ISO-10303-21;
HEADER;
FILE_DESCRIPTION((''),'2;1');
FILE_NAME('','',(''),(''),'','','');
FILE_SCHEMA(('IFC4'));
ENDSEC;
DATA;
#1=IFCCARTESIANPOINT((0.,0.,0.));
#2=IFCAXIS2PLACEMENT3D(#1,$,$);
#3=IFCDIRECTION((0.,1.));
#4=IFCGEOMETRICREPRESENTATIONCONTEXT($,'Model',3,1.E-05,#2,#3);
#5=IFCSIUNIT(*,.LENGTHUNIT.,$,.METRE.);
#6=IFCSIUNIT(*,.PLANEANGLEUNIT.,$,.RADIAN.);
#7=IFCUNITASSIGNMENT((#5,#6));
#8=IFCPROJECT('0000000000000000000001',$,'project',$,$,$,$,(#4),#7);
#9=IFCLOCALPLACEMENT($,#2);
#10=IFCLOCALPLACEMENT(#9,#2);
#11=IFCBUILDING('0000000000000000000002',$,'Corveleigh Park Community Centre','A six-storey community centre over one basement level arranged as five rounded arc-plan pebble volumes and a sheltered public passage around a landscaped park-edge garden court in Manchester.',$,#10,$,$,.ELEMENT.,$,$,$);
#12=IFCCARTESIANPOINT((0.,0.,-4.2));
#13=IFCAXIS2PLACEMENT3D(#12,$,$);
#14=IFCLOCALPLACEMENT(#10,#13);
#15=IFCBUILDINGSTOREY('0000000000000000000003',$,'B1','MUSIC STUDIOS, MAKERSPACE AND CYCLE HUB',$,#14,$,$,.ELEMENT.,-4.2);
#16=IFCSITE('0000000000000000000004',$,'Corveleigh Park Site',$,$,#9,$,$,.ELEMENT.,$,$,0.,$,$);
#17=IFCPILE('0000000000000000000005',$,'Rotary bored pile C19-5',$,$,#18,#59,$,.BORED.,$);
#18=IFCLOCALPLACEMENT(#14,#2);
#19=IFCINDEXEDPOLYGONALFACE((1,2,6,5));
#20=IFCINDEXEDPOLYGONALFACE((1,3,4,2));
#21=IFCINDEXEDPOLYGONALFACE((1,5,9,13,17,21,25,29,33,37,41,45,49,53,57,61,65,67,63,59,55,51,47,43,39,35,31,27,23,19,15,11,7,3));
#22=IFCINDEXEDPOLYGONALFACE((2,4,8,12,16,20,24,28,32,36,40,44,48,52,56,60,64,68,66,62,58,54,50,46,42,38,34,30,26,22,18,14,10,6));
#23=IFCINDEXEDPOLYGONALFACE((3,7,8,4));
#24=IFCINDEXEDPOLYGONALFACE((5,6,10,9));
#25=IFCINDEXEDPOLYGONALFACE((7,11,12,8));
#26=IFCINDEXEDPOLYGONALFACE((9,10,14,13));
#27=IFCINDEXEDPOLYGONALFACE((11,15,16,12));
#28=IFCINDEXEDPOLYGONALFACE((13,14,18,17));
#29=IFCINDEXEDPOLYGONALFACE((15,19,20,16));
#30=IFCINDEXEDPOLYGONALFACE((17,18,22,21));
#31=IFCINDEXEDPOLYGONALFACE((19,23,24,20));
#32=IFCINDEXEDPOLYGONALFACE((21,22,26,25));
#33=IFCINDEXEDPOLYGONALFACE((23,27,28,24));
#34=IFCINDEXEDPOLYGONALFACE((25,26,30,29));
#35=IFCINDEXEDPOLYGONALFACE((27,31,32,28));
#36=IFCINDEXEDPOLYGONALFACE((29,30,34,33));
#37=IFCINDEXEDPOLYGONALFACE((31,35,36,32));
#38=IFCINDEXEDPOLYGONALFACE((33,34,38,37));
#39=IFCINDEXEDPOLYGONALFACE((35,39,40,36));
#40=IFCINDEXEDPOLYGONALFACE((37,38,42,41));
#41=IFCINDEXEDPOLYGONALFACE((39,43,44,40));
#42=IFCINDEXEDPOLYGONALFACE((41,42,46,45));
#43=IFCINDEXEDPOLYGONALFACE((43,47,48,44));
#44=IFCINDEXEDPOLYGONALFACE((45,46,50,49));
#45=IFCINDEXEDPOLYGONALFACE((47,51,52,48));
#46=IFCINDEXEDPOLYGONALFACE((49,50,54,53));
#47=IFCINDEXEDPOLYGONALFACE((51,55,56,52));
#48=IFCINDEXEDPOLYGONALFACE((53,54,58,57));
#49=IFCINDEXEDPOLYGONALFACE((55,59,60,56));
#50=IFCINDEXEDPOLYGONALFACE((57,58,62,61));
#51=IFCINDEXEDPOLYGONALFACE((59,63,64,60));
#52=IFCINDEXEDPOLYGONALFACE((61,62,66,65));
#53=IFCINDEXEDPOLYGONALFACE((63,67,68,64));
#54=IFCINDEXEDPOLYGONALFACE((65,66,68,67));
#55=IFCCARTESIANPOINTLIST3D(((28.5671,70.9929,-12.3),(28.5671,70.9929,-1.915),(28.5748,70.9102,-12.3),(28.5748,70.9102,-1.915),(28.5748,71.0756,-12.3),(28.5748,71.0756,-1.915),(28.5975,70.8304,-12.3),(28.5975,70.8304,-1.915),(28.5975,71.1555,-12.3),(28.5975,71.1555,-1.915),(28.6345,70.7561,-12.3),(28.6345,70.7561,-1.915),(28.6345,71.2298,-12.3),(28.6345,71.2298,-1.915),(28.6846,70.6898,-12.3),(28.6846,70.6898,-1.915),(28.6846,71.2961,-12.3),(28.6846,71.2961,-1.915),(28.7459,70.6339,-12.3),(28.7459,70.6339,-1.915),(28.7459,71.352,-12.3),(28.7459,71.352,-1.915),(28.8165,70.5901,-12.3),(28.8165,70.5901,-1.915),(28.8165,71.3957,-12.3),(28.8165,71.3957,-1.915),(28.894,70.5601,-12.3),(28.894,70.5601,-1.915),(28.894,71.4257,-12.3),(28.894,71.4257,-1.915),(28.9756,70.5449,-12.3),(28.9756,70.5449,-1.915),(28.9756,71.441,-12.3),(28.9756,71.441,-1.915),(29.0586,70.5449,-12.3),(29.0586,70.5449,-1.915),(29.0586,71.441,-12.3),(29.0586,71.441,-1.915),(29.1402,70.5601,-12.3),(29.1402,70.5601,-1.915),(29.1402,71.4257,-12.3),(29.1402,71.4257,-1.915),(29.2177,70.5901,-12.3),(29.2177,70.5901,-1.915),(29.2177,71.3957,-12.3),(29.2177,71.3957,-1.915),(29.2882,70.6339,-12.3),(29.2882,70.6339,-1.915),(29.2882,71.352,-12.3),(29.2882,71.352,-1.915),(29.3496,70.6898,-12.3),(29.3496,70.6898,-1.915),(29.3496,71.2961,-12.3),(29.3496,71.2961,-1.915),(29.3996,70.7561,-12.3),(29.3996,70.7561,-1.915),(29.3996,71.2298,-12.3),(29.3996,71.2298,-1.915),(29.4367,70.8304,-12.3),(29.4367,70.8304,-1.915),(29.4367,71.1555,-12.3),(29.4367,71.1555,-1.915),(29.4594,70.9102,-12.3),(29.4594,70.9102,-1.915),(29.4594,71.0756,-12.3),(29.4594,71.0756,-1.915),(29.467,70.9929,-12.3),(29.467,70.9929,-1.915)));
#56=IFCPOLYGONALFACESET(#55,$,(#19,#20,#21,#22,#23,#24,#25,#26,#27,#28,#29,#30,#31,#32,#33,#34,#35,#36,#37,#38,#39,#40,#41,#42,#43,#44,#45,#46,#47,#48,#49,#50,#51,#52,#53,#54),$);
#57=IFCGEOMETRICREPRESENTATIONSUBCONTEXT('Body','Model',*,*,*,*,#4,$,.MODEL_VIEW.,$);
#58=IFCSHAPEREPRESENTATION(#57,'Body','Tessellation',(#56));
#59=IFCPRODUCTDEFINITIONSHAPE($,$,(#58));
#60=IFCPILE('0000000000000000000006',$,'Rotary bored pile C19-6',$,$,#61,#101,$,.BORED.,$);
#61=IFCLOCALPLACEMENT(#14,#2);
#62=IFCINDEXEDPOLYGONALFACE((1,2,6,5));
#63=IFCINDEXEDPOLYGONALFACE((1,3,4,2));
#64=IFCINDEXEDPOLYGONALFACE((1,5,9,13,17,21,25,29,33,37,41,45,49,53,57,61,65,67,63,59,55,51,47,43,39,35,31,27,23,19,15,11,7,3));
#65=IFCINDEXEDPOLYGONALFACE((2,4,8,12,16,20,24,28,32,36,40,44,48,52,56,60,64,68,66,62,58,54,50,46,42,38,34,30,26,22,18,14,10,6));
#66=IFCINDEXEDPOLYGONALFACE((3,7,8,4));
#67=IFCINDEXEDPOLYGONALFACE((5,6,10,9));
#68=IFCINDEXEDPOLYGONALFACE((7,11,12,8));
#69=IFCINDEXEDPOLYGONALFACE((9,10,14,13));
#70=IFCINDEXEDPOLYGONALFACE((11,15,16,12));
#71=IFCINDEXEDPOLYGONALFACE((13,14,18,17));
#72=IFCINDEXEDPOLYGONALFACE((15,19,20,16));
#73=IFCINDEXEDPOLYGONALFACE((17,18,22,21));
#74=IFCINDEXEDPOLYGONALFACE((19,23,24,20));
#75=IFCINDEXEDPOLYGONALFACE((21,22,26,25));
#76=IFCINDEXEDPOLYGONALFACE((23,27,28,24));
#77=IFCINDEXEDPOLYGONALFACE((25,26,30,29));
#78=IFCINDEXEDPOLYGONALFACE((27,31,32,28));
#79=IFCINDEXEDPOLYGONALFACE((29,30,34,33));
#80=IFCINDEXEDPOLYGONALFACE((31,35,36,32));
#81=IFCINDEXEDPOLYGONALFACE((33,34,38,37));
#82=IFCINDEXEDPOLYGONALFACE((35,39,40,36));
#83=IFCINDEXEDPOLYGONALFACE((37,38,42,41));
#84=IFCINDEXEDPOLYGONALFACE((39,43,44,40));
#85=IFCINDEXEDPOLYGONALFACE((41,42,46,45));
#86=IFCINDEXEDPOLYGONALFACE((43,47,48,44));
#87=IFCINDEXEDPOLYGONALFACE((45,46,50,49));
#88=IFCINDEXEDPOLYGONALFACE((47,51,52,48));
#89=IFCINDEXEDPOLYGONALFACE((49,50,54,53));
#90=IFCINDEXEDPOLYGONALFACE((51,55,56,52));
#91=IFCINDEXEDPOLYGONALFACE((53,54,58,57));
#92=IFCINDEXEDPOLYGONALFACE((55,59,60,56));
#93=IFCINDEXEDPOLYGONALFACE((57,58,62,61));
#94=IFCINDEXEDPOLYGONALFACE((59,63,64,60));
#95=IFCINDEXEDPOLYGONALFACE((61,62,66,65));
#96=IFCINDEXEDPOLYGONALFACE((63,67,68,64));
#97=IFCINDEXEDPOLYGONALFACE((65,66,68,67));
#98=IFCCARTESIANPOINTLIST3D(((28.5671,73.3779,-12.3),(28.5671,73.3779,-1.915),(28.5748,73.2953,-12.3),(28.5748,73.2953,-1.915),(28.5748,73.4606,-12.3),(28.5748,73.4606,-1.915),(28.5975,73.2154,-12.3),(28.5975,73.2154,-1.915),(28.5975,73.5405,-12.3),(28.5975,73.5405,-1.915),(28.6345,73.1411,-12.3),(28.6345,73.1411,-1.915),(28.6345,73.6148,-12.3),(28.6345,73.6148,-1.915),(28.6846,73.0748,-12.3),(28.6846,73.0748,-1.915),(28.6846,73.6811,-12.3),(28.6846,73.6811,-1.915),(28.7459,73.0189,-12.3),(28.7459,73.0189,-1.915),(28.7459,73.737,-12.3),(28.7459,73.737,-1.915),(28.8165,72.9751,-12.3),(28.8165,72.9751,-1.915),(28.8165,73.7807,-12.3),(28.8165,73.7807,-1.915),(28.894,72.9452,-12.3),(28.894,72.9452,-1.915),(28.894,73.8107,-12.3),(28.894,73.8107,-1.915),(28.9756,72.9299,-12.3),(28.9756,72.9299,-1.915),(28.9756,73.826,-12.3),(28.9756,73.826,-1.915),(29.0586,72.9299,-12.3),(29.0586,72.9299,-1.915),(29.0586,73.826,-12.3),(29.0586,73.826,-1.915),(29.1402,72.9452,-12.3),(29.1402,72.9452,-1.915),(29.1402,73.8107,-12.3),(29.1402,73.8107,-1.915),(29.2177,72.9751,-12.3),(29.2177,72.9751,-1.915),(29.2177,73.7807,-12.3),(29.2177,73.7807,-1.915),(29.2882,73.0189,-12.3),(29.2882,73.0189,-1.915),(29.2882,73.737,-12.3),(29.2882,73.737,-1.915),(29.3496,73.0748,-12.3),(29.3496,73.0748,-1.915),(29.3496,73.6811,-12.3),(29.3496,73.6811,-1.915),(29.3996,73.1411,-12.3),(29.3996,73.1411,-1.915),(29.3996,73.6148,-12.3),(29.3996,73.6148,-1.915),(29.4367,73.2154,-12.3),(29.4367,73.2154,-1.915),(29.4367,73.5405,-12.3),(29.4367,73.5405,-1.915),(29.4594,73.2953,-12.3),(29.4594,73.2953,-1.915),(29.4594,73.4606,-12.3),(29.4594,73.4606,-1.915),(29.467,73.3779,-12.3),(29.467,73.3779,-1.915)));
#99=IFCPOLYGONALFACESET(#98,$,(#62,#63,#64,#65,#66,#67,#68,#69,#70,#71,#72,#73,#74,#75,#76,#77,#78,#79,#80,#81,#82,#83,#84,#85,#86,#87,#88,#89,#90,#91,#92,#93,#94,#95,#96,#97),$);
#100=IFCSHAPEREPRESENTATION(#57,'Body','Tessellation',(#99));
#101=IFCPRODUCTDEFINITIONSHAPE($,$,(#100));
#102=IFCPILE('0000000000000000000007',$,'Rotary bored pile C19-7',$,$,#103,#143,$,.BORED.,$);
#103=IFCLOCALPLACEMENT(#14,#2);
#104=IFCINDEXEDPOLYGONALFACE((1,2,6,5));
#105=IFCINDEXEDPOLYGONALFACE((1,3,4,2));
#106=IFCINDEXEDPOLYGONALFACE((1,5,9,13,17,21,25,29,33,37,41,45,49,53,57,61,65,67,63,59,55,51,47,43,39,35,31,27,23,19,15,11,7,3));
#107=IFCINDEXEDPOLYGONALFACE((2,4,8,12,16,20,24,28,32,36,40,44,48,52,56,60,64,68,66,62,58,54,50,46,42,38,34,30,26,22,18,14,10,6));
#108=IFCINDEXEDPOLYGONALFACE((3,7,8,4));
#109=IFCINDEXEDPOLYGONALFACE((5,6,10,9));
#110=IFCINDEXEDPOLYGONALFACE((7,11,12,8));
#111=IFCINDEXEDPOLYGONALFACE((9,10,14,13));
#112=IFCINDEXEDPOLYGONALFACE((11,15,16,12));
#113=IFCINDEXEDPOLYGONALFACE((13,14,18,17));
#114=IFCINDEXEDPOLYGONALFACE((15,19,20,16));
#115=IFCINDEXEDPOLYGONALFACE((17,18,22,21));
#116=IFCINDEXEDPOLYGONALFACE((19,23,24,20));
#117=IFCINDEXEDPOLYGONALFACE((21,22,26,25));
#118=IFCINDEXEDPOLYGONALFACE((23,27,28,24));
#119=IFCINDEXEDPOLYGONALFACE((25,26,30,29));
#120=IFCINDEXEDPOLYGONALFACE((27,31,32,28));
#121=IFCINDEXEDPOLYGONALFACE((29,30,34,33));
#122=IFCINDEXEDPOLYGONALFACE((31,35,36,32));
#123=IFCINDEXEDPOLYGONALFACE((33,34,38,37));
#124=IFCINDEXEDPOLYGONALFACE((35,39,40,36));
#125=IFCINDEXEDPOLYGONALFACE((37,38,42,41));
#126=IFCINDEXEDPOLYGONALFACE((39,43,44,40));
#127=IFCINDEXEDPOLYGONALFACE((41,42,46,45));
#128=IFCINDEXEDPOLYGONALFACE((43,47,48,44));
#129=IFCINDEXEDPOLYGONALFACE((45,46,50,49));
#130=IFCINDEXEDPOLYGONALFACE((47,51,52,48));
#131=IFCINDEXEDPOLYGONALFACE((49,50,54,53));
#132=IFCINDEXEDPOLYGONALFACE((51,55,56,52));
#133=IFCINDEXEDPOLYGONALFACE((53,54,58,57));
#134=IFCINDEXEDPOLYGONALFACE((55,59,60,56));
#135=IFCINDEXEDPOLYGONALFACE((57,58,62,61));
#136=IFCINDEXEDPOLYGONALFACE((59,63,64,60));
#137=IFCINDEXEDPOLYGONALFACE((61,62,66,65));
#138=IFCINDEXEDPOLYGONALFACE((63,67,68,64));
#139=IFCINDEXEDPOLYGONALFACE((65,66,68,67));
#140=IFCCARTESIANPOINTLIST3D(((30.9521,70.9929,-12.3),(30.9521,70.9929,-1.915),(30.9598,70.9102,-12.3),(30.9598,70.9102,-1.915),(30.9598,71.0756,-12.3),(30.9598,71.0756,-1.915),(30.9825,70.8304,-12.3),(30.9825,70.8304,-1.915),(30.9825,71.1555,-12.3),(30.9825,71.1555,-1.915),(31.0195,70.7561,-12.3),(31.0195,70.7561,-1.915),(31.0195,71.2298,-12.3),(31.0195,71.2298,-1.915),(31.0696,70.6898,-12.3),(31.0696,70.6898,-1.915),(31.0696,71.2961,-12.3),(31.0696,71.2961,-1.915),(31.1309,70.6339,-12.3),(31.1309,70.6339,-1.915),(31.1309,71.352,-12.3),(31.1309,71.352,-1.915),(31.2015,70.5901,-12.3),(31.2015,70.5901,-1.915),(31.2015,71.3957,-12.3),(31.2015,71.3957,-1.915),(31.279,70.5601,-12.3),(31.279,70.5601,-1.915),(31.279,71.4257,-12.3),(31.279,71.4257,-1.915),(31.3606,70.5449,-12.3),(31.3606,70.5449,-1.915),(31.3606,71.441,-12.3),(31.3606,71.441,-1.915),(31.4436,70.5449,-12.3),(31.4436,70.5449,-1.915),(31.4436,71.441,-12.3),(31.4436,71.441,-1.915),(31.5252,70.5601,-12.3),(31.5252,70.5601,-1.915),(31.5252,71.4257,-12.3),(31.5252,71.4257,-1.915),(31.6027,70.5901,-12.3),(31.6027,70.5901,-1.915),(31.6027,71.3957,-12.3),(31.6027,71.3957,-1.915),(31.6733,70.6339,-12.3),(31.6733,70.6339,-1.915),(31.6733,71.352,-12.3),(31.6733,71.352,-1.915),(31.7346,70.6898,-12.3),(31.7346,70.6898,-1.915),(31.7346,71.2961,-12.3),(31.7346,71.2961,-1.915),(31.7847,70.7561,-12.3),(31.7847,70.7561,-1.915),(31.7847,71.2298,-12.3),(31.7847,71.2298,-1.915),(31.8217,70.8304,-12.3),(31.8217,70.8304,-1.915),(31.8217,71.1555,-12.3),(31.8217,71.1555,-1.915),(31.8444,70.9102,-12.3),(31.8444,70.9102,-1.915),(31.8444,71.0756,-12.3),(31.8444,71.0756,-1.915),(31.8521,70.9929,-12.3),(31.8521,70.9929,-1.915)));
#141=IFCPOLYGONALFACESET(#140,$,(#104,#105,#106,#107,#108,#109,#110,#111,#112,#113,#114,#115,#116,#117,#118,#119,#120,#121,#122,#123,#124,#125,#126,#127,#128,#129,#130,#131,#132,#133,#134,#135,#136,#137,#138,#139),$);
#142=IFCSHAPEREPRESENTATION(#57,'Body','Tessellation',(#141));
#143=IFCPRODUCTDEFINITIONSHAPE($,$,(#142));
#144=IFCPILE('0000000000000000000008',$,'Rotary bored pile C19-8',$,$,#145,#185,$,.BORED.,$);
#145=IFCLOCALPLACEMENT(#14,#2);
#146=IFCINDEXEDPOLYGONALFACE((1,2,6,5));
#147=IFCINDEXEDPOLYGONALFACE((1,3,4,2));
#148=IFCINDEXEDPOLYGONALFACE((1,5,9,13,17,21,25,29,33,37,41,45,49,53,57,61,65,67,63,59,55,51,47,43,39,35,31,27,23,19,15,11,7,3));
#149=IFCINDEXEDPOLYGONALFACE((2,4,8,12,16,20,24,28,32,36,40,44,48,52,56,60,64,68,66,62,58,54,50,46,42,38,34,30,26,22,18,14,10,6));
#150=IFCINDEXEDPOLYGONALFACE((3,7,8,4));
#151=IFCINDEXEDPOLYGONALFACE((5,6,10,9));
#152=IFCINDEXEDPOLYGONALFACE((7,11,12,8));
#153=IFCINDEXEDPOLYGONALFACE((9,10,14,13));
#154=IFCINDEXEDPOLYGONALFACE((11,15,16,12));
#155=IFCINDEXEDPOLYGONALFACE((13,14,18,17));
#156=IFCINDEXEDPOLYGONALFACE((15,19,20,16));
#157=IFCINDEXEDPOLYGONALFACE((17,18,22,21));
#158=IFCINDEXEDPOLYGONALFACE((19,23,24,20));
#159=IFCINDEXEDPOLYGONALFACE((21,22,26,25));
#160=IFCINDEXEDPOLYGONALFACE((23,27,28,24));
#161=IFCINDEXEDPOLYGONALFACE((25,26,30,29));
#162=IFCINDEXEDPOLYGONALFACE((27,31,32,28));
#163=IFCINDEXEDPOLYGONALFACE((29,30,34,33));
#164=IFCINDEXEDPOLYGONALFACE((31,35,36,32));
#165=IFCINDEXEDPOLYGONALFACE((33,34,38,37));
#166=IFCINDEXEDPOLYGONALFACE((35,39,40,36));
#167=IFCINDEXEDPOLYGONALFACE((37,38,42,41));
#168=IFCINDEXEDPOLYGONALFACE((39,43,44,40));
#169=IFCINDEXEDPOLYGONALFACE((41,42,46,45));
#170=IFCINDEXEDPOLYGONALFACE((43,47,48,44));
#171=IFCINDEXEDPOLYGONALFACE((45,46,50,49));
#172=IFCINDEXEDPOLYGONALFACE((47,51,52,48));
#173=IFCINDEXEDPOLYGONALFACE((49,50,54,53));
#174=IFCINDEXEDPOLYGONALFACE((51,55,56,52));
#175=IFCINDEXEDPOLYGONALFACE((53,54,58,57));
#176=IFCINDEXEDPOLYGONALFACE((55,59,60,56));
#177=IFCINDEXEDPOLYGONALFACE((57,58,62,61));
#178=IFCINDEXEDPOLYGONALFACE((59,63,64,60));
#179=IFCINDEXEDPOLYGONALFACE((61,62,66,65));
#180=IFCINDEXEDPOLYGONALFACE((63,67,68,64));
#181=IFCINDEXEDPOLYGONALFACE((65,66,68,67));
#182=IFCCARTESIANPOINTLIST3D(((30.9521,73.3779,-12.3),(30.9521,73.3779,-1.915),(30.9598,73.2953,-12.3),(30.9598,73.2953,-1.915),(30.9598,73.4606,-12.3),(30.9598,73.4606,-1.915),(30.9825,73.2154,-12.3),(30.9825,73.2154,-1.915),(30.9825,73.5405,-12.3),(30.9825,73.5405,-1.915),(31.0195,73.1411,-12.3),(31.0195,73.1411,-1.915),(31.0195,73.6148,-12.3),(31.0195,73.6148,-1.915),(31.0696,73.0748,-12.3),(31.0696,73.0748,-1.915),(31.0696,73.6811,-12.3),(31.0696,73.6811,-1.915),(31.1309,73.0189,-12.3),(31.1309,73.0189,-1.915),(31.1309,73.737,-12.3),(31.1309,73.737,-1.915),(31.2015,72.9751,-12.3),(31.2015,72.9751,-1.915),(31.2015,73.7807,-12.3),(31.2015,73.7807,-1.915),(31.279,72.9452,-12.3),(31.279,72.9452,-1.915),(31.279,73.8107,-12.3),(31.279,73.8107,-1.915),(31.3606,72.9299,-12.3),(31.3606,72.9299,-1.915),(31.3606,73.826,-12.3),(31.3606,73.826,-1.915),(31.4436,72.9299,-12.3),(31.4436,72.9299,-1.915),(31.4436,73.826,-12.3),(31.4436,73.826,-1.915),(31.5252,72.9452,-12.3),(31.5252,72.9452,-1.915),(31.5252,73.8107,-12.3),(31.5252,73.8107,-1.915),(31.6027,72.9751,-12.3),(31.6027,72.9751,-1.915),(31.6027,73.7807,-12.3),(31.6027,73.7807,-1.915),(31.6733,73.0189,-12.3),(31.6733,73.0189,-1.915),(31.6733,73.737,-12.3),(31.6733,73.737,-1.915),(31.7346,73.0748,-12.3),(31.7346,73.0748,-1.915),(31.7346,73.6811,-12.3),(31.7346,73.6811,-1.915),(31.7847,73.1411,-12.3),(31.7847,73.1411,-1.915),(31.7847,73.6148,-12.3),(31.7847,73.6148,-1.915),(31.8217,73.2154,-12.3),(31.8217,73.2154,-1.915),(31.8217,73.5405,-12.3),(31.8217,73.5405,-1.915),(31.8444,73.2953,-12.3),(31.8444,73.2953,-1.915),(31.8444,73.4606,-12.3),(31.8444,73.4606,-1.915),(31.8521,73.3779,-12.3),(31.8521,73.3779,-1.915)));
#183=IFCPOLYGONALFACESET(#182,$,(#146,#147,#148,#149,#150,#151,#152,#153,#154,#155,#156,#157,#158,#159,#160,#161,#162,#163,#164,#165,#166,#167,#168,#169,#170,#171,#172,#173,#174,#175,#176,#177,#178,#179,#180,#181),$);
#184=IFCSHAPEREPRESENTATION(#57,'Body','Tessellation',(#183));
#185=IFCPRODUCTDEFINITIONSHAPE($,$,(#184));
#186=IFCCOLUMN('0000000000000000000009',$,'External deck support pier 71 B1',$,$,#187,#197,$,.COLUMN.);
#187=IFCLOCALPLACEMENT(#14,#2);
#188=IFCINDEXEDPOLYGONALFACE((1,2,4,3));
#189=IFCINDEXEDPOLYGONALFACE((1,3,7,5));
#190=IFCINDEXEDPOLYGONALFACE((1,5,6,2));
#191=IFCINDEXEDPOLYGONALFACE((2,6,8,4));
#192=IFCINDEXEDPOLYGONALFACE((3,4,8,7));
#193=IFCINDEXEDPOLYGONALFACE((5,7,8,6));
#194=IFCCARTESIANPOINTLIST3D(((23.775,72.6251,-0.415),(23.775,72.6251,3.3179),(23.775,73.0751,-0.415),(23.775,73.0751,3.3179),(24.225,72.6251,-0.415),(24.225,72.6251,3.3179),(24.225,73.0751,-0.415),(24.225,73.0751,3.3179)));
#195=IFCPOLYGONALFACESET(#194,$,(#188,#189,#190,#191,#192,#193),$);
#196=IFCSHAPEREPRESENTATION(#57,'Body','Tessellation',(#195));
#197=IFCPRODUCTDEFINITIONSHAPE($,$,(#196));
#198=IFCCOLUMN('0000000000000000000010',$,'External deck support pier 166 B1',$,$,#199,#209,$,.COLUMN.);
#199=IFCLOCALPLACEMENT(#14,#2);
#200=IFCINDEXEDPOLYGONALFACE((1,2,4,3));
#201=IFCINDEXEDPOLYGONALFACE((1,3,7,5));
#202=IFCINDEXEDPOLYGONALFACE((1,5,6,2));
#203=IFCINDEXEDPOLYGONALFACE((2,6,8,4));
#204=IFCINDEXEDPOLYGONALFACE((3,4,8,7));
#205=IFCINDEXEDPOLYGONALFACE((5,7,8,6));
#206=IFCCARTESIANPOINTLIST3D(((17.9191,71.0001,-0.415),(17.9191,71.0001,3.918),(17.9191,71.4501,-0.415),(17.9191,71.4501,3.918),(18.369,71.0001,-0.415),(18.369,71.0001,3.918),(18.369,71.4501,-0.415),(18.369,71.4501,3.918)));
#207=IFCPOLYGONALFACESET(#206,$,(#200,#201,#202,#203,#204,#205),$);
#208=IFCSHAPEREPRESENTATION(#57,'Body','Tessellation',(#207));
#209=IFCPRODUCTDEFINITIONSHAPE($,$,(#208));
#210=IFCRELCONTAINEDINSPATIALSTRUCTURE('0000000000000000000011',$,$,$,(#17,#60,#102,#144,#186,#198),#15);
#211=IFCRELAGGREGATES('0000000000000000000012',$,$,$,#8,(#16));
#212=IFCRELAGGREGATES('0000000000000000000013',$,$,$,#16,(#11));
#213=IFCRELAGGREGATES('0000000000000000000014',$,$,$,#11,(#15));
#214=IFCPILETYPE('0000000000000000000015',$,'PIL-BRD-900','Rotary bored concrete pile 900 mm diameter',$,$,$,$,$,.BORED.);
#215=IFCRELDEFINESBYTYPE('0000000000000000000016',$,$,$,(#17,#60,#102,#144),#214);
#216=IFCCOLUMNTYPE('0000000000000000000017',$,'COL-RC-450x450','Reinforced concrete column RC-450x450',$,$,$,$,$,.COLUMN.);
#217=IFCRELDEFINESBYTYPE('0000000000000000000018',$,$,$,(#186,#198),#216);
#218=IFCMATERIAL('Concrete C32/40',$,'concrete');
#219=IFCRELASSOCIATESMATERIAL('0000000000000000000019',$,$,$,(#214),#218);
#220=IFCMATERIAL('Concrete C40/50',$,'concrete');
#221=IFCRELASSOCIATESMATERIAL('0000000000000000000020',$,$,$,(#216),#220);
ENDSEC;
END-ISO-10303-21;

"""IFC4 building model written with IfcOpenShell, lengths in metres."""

from ifc_helpers import new_model, si_unit, direction, frame, origin, origin_2d, place, context, subcontext, project, spatial, rectangle, circle, extrude, material, material_profile, profile_set, type_object, element, save


model = new_model("IFC4")

# Units and contexts
model_context = context("Model", 3, precision=1e-05, world=origin(), true_north=direction((0.0, 1.0)))
body_context = subcontext(model_context, "Body", "Model", "MODEL_VIEW")
ifc_project = project(units=[si_unit("LENGTHUNIT", "METRE"), si_unit("PLANEANGLEUNIT", "RADIAN")], contexts=[model_context])

# Site, building, storey
site_placement = place(None, origin())
site = spatial("IfcSite", under=ifc_project, at=site_placement, Name="Corveleigh Park Site", CompositionType="ELEMENT", RefElevation=0.0)
building_placement = place(site_placement, origin())
building = spatial("IfcBuilding", under=site, at=building_placement, Name="Corveleigh Park Community Centre", Description="A six-storey community centre over one basement level arranged as five rounded arc-plan pebble volumes and a sheltered public passage around a landscaped park-edge garden court in Manchester.", CompositionType="ELEMENT")
storey_placement = place(building_placement, frame((0.0, 0.0, -4.2)))
storey = spatial("IfcBuildingStorey", under=building, at=storey_placement, Name="B1", Description="MUSIC STUDIOS, MAKERSPACE AND CYCLE HUB", CompositionType="ELEMENT", Elevation=-4.2)

# Shared definitions
ifc_material_1 = material(Name="Concrete C40/50", Category="concrete")

# Piles
ifc_material_2 = material(Name="Concrete C32/40", Category="concrete")
ifc_material_profile_1 = material_profile(ifc_material_2, circle(Radius=0.45, at=origin_2d()), Name="BORED-PILE-900", Category="concrete")
ifc_profile_set_1 = profile_set([ifc_material_profile_1], Name="Concrete C32/40")
pile_type_1 = type_object("IfcPileType", Name="PIL-BRD-900", Description="Rotary bored concrete pile 900 mm diameter", PredefinedType="BORED", material=ifc_profile_set_1)
for number, where, z_axis, x_axis, name in (
    (1, (29.0171, 70.9929, -1.915), (0.0, 0.0, -1.0), (1.0, 0.0, 0.0), "Rotary bored pile C19-5"),
    (2, (29.0171, 73.3779, -1.915), (0.0, 0.0, -1.0), (1.0, 0.0, 0.0), "Rotary bored pile C19-6"),
    (3, (31.4021, 70.9929, -1.915), (0.0, 0.0, -1.0), (1.0, 0.0, 0.0), "Rotary bored pile C19-7"),
    (4, (31.4021, 73.3779, -1.915), (0.0, 0.0, -1.0), (1.0, 0.0, 0.0), "Rotary bored pile C19-8"),
):
    element("IfcPile", number, at=place(storey_placement, frame(where, z_axis=z_axis, x_axis=x_axis)), inside=storey, type_object=pile_type_1, Name=name, PredefinedType="BORED", context=body_context, shape_type="SweptSolid", body=[
        extrude(circle(Radius=0.45, at=origin_2d()), origin(), (0.0, 0.0, 1.0), 10.385),
    ])

# Columns
ifc_material_profile_2 = material_profile(ifc_material_1, rectangle(XDim=0.45, YDim=0.45, at=origin_2d()), Name="RC-450x450", Category="concrete")
ifc_profile_set_2 = profile_set([ifc_material_profile_2], Name="Concrete C40/50")
column_type = type_object("IfcColumnType", Name="COL-RC-450x450", Description="Reinforced concrete column RC-450x450", PredefinedType="COLUMN", material=ifc_profile_set_2)
column_placement = place(storey_placement, frame((24.0, 72.8501, -0.415), z_axis=(0.0, 0.0, 1.0), x_axis=(1.0, 0.0, 0.0)))
element("IfcColumn", 5, at=column_placement, inside=storey, type_object=column_type, Name="External deck support pier 71 B1", PredefinedType="COLUMN", context=body_context, shape_type="SweptSolid", body=[
    extrude(rectangle(XDim=0.45, YDim=0.45, at=origin_2d()), origin(), (0.0, 0.0, 1.0), 3.7329),
])
for number, where, z_axis, x_axis, name in (
    (6, (18.144, 71.2251, -0.415), (0.0, 0.0, 1.0), (1.0, 0.0, 0.0), "External deck support pier 166 B1"),
):
    element("IfcColumn", number, at=place(storey_placement, frame(where, z_axis=z_axis, x_axis=x_axis)), inside=storey, type_object=column_type, Name=name, PredefinedType="COLUMN", context=body_context, shape_type="SweptSolid", body=[
        extrude(rectangle(XDim=0.45, YDim=0.45, at=origin_2d()), origin(), (0.0, 0.0, 1.0), 4.333),
    ])

save(model, "model.ifc")
